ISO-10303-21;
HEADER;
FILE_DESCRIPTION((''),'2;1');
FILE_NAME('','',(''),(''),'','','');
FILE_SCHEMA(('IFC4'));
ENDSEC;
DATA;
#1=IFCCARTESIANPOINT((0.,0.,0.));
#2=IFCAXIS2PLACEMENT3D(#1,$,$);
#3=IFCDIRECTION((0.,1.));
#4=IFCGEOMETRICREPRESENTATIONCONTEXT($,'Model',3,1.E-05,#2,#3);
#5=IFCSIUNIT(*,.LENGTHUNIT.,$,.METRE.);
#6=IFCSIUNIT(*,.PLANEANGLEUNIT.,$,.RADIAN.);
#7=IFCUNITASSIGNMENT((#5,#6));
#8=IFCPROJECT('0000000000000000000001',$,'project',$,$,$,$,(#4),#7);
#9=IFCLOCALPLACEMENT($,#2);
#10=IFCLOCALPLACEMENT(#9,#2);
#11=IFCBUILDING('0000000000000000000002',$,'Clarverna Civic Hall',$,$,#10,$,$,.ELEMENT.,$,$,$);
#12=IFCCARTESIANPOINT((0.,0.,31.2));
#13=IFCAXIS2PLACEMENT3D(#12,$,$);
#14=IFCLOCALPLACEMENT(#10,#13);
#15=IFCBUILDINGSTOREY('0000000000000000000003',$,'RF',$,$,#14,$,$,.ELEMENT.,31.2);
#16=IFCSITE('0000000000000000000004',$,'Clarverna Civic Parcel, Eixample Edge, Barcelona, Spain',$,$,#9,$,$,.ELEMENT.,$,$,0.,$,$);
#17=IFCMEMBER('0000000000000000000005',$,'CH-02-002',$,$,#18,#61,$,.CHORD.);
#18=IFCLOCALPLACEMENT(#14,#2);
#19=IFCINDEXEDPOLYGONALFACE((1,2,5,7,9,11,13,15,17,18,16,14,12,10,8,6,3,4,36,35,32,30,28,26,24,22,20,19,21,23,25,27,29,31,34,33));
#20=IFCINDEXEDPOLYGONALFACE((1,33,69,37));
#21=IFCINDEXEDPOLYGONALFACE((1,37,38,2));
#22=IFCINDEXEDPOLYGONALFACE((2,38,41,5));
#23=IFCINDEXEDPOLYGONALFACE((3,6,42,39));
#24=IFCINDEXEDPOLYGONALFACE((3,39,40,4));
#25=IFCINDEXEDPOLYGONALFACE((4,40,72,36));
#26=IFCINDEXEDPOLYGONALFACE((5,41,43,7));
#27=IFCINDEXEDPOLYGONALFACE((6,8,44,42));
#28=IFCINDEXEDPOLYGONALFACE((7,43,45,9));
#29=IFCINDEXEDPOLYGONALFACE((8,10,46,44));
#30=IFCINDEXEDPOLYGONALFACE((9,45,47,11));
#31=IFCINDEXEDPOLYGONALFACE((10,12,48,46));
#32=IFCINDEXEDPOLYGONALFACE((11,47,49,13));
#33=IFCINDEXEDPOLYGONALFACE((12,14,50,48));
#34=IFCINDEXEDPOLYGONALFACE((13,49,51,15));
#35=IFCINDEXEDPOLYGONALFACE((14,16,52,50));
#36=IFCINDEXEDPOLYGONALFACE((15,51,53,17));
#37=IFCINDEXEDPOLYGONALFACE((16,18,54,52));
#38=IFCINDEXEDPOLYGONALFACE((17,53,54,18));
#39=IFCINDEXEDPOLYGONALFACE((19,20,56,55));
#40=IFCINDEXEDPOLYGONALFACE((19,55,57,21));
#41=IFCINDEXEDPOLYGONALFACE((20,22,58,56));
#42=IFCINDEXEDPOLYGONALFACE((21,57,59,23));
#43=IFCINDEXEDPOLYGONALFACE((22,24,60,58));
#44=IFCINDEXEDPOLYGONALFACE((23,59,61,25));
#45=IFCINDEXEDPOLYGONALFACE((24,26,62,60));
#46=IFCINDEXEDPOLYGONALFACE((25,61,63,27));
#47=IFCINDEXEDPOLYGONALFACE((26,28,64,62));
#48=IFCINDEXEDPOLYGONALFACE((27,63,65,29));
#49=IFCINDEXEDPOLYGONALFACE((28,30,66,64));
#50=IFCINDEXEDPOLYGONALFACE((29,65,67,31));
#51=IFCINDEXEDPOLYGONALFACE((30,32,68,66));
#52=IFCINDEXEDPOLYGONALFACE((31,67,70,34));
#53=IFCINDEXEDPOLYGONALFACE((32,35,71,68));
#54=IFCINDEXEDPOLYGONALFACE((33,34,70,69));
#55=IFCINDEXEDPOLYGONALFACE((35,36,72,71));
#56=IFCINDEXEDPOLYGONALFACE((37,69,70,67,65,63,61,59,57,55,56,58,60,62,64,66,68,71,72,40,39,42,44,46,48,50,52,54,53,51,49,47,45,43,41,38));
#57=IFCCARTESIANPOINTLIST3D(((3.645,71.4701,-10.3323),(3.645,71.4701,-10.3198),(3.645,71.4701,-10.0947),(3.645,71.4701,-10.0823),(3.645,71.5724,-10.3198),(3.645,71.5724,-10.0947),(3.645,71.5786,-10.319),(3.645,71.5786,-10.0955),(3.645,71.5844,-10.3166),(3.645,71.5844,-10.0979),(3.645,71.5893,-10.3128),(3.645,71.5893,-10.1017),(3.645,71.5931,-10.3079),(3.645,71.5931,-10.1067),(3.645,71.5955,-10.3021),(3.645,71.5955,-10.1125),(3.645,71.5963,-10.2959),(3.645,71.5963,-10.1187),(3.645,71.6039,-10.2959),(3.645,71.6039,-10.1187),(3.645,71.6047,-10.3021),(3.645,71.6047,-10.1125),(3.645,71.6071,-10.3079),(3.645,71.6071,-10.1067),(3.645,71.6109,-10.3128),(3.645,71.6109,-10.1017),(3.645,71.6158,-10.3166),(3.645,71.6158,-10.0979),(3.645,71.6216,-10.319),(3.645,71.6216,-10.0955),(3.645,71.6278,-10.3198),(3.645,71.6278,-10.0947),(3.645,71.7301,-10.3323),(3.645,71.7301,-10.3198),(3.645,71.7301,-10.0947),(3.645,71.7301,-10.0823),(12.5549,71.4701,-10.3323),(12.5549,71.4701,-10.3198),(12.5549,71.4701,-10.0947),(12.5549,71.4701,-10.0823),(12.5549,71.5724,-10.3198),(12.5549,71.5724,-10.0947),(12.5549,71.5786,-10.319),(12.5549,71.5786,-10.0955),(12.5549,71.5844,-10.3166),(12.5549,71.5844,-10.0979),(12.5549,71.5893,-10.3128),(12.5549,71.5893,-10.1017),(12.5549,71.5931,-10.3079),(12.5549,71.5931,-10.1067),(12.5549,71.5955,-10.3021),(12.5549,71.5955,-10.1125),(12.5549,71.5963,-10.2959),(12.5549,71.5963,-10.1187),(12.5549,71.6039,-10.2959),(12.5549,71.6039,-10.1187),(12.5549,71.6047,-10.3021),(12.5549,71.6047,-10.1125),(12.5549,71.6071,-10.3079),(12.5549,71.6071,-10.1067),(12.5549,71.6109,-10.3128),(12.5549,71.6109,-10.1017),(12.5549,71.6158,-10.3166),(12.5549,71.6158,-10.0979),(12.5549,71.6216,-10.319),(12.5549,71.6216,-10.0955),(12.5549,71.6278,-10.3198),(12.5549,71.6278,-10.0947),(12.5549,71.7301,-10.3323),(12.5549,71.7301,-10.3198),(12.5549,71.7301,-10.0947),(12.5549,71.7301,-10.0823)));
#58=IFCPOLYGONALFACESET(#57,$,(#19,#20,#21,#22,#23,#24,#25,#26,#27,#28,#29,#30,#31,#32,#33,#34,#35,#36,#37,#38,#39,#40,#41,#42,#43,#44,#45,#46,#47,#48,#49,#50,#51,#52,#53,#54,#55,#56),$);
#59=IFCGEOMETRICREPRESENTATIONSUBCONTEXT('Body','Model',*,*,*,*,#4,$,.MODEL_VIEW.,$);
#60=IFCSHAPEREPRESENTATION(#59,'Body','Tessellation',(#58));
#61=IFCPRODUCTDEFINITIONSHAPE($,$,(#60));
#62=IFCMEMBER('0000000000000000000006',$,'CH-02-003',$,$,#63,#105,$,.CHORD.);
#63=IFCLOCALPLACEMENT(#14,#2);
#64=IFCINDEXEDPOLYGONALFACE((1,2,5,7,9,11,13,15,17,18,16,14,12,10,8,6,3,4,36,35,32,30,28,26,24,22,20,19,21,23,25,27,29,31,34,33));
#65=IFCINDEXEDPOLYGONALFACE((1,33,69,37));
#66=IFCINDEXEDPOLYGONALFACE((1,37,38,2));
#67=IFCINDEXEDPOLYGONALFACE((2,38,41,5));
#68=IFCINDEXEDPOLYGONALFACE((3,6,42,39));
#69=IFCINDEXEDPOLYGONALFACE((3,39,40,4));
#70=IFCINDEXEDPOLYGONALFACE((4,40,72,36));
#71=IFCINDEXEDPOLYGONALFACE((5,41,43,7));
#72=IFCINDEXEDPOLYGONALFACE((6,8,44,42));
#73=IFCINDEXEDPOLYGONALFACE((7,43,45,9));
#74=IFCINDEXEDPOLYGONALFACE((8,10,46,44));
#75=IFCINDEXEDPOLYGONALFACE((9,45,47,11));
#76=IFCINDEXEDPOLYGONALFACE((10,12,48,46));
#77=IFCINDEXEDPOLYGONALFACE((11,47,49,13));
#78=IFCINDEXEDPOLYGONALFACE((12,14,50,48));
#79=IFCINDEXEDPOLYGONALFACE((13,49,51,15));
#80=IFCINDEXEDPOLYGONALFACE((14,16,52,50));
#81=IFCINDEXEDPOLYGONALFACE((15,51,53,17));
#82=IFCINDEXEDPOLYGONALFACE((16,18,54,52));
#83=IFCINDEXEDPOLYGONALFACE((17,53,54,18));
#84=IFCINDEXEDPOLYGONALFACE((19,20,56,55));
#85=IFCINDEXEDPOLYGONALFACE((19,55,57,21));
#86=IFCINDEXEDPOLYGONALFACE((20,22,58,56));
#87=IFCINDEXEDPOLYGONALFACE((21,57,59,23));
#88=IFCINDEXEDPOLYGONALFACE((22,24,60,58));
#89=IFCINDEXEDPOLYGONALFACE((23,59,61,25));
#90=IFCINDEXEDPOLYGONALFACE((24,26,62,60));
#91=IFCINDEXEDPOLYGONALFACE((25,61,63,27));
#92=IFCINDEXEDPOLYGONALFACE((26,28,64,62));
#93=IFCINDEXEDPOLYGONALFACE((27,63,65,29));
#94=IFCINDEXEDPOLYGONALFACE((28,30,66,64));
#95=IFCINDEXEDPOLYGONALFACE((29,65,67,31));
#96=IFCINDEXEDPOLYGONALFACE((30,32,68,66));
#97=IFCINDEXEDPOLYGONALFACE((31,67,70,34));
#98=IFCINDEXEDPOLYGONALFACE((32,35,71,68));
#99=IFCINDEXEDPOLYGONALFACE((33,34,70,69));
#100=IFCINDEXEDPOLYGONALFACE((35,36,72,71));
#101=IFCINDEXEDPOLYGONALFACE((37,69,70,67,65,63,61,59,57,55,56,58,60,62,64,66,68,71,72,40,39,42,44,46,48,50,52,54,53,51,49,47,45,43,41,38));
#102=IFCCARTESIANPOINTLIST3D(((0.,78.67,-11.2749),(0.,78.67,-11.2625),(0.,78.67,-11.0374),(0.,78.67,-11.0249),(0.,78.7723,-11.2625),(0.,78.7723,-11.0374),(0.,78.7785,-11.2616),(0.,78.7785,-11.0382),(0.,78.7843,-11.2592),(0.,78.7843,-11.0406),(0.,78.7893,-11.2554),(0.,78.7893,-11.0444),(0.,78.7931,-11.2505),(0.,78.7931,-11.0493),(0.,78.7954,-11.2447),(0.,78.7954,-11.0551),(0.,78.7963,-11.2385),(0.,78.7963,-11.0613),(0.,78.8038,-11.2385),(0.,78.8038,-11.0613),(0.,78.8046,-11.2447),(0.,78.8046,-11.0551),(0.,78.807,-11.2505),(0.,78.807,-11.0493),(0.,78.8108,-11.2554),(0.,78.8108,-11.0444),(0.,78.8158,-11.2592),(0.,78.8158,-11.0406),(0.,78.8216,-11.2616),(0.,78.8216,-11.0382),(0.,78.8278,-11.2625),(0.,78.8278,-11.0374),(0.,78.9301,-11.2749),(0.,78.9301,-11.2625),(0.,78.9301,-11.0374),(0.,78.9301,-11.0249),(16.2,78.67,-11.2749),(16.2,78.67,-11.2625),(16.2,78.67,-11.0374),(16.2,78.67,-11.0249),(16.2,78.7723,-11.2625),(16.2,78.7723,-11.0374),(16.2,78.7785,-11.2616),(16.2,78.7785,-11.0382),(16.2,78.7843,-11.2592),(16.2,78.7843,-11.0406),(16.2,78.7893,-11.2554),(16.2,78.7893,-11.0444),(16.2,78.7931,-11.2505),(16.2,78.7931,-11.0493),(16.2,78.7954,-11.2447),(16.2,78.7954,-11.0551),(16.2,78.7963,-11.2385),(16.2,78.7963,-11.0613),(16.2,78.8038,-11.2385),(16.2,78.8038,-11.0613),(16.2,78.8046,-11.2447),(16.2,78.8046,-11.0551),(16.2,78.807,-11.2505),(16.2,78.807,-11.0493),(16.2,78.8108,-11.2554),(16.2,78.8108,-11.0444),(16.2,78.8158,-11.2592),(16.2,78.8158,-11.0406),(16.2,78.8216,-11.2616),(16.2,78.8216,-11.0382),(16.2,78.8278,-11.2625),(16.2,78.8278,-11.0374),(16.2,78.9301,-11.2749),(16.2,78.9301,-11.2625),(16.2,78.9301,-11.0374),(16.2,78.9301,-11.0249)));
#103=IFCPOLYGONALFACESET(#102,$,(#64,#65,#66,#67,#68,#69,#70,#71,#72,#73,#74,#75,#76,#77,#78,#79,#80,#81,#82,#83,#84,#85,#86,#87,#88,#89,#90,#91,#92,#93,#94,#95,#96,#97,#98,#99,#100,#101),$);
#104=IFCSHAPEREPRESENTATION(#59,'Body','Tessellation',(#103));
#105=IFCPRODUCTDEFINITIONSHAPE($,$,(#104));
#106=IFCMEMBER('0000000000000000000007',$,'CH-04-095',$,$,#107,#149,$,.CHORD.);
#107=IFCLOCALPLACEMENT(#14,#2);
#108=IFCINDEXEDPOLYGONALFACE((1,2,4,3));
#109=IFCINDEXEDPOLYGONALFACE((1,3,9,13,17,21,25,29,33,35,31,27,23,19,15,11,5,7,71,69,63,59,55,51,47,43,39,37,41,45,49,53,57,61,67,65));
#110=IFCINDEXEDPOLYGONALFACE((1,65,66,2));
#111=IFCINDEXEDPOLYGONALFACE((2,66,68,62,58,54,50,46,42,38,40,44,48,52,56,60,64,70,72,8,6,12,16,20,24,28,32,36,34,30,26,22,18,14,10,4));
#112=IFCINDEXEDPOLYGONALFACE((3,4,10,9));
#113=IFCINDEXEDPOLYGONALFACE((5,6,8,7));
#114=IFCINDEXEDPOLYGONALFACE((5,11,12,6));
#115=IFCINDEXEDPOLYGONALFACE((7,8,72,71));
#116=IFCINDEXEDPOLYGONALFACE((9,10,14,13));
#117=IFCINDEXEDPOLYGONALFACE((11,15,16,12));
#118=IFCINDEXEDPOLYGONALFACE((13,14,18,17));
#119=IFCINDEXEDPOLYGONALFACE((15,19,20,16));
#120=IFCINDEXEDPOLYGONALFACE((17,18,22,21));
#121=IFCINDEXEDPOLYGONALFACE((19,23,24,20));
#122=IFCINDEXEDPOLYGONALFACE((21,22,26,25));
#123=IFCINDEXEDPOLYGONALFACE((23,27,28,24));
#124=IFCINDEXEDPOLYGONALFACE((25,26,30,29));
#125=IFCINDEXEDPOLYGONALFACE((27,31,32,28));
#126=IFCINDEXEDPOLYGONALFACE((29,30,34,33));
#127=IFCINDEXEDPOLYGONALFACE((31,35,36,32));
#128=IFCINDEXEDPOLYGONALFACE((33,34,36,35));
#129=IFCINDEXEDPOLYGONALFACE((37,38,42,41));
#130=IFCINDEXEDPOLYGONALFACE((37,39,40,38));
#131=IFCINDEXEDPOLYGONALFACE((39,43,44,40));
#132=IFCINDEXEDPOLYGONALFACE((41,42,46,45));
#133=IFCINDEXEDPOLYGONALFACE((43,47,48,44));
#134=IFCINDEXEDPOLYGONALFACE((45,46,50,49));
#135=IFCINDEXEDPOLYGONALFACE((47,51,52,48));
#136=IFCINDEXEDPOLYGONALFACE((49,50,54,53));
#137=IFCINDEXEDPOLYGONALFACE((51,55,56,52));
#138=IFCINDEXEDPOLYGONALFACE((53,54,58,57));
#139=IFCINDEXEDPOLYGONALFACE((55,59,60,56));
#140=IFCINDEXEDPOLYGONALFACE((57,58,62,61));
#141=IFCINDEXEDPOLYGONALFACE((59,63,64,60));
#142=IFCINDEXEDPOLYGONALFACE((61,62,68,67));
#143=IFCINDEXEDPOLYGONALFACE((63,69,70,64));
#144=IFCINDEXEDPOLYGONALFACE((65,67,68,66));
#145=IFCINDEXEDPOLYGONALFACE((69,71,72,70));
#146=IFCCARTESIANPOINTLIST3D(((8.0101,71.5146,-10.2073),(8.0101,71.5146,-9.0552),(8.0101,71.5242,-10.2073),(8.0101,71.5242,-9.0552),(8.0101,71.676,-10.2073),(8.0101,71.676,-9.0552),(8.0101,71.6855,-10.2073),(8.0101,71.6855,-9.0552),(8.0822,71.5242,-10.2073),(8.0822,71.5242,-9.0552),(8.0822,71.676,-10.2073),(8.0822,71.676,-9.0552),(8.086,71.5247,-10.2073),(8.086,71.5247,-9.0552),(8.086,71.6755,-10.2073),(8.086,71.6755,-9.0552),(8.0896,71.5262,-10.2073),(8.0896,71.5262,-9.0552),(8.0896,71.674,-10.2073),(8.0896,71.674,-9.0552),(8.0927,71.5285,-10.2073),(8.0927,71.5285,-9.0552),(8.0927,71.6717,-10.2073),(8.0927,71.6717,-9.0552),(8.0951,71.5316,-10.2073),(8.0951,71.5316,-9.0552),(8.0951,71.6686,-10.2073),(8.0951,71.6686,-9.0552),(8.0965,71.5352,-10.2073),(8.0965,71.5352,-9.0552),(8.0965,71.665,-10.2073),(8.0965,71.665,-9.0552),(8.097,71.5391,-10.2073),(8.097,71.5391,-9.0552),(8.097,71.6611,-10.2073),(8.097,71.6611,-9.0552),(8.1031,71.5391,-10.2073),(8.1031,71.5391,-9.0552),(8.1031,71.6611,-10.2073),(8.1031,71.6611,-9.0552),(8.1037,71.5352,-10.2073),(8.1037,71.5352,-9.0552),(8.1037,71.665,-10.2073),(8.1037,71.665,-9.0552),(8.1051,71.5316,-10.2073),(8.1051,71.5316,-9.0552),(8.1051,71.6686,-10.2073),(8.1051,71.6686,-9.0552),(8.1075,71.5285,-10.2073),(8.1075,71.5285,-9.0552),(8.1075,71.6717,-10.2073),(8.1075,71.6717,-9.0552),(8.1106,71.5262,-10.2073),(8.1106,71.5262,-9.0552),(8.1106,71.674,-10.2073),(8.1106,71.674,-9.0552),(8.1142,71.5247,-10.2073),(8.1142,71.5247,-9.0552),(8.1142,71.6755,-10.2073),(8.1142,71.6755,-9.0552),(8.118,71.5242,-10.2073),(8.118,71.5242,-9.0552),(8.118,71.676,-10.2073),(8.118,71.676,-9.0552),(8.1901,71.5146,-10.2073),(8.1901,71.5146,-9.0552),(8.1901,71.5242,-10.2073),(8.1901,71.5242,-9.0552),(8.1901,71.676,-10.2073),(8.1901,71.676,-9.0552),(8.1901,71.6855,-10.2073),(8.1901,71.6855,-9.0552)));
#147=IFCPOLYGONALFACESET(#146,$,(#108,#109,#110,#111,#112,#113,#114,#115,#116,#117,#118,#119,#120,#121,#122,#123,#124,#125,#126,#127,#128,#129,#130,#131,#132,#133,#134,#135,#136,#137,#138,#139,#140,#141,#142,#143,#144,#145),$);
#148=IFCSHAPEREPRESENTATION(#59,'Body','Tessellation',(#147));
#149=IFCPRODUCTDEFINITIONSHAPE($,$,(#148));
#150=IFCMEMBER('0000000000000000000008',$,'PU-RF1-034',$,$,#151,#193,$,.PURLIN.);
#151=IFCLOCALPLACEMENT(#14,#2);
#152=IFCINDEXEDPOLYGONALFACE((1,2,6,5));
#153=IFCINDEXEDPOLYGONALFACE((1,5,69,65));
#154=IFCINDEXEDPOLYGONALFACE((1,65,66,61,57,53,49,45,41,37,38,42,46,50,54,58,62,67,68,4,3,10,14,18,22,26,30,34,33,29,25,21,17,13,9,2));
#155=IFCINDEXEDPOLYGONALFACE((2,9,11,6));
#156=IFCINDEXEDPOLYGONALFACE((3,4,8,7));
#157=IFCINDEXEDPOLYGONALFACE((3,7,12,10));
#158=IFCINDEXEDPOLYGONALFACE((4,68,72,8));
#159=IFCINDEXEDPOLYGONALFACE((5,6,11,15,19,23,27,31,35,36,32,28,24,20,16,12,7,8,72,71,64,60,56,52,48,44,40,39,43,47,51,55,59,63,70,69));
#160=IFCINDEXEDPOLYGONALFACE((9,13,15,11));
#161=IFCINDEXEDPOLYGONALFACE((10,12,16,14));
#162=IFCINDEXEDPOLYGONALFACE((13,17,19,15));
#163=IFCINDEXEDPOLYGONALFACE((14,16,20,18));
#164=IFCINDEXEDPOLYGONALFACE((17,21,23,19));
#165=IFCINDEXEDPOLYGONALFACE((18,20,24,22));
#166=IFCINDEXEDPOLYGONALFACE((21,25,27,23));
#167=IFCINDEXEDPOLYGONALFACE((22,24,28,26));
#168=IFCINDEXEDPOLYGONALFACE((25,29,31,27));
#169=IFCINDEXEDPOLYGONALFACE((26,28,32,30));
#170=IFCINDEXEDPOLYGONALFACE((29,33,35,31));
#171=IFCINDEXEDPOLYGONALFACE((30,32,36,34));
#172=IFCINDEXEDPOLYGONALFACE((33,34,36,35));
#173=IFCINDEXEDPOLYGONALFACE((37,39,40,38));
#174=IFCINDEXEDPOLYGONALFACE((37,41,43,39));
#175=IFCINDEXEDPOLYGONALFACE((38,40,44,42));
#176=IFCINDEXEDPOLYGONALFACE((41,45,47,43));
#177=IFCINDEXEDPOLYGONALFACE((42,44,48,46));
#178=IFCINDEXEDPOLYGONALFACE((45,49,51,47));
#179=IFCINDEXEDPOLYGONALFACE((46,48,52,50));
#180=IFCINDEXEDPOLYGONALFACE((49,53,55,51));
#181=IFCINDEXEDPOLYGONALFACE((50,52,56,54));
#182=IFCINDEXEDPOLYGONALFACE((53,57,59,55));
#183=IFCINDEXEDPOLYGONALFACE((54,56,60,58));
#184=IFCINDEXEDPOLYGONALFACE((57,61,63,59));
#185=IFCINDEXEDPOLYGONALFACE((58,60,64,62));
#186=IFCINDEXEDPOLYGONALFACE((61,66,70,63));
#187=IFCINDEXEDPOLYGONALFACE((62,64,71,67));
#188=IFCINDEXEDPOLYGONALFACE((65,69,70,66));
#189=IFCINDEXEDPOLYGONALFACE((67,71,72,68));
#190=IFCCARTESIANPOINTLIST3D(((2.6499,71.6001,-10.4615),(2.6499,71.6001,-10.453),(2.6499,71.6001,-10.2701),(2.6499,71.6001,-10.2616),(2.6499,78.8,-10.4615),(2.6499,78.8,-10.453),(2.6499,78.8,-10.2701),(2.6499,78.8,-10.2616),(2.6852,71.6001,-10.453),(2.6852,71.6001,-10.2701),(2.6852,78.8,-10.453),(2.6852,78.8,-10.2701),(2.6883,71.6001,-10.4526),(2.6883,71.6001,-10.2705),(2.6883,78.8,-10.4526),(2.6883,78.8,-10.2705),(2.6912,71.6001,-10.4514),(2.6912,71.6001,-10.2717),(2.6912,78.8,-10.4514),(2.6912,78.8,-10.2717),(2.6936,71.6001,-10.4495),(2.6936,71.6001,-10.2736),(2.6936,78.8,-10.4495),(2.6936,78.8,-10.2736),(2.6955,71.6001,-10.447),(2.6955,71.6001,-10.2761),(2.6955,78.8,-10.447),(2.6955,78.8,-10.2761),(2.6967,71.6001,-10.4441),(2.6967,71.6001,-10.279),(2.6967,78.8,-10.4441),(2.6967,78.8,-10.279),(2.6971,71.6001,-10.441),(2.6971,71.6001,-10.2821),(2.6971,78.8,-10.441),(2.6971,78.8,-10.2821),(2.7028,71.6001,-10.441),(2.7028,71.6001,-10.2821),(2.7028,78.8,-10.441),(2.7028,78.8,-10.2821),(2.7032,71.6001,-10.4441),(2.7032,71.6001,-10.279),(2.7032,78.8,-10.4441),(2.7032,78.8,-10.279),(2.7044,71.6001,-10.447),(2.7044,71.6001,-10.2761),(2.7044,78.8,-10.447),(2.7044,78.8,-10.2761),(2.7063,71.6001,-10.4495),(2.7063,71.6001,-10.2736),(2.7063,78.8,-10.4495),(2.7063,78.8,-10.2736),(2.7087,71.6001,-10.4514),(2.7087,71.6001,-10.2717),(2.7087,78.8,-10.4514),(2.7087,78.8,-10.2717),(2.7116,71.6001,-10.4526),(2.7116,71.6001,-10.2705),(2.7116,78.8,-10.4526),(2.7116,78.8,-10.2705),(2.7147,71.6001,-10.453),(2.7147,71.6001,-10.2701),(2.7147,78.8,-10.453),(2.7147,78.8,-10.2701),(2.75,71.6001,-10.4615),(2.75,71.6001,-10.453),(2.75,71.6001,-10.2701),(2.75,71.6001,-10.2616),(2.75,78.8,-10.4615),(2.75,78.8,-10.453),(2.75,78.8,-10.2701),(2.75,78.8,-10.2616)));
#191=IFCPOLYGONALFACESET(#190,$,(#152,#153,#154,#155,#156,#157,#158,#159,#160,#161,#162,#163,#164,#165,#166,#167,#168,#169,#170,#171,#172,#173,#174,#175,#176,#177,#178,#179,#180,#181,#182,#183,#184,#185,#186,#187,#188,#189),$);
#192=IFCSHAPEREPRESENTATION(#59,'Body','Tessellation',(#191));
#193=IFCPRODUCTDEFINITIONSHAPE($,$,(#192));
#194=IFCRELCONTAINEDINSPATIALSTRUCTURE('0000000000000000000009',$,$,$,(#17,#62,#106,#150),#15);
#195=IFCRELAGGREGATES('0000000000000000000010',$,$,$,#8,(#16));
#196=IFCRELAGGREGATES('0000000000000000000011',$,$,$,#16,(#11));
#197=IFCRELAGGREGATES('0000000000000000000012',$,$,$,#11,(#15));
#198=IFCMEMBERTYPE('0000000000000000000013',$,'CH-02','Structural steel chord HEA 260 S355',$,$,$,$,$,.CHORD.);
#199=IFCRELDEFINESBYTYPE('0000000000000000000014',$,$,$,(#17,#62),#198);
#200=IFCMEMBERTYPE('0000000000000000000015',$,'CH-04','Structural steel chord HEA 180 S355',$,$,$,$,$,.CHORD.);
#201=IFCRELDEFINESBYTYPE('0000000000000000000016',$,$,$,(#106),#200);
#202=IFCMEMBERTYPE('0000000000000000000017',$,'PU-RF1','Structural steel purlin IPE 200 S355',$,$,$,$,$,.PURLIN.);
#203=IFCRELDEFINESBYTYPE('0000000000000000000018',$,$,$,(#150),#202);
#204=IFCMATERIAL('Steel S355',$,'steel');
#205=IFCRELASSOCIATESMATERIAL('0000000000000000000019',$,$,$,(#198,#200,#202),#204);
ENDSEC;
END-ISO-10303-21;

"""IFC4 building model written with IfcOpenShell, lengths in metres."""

from ifc_helpers import new_model, si_unit, direction, frame, origin, origin_2d, place, context, subcontext, project, spatial, i_section, extrude, material, material_profile, profile_set, type_object, element, save


model = new_model("IFC4")

# Units and contexts
model_context = context("Model", 3, precision=1e-05, world=origin(), true_north=direction((0.0, 1.0)))
body_context = subcontext(model_context, "Body", "Model", "MODEL_VIEW")
ifc_project = project(units=[si_unit("LENGTHUNIT", "METRE"), si_unit("PLANEANGLEUNIT", "RADIAN")], contexts=[model_context])

# Site, building, storey
site_placement = place(None, origin())
site = spatial("IfcSite", under=ifc_project, at=site_placement, Name="Clarverna Civic Parcel, Eixample Edge, Barcelona, Spain", CompositionType="ELEMENT", RefElevation=0.0)
building_placement = place(site_placement, origin())
building = spatial("IfcBuilding", under=site, at=building_placement, Name="Clarverna Civic Hall", CompositionType="ELEMENT")
storey_placement = place(building_placement, frame((0.0, 0.0, 31.2)))
storey = spatial("IfcBuildingStorey", under=building, at=storey_placement, Name="RF", CompositionType="ELEMENT", Elevation=31.2)

# Members
ifc_material_1 = material(Name="Steel S355", Category="steel")
ifc_material_profile_1 = material_profile(ifc_material_1, i_section(OverallWidth=0.26, OverallDepth=0.25, WebThickness=0.0076, FlangeThickness=0.0125, FilletRadius=0.0239, at=origin_2d()), Name="HEA 260")
ifc_profile_set_1 = profile_set([ifc_material_profile_1], Name="Steel S355")
member_type_1 = type_object("IfcMemberType", Name="CH-02", Description="Structural steel chord HEA 260 S355", PredefinedType="CHORD", material=ifc_profile_set_1)
member_1_placement = place(storey_placement, frame((3.645, 71.6001, -10.2073), z_axis=(1.0, 0.0, 0.0), x_axis=(0.0, 1.0, 0.0)))
element("IfcMember", 1, at=member_1_placement, inside=storey, type_object=member_type_1, Name="CH-02-002", PredefinedType="CHORD", context=body_context, shape_type="SweptSolid", body=[
    extrude(i_section(OverallWidth=0.26, OverallDepth=0.25, WebThickness=0.0076, FlangeThickness=0.0125, FilletRadius=0.0239, at=origin_2d()), origin(), (0.0, 0.0, 1.0), 8.9099),
])
member_2_placement = place(storey_placement, frame((0.0, 78.8, -11.1499), z_axis=(1.0, 0.0, 0.0), x_axis=(0.0, 1.0, 0.0)))
element("IfcMember", 2, at=member_2_placement, inside=storey, type_object=member_type_1, Name="CH-02-003", PredefinedType="CHORD", context=body_context, shape_type="SweptSolid", body=[
    extrude(i_section(OverallWidth=0.26, OverallDepth=0.25, WebThickness=0.0076, FlangeThickness=0.0125, FilletRadius=0.0239, at=origin_2d()), origin(), (0.0, 0.0, 1.0), 16.2),
])
ifc_material_profile_2 = material_profile(ifc_material_1, i_section(OverallWidth=0.1799, OverallDepth=0.1709, WebThickness=0.0061, FlangeThickness=0.0095, FilletRadius=0.0149, at=origin_2d()), Name="HEA 180")
ifc_profile_set_2 = profile_set([ifc_material_profile_2], Name="Steel S355")
member_type_2 = type_object("IfcMemberType", Name="CH-04", Description="Structural steel chord HEA 180 S355", PredefinedType="CHORD", material=ifc_profile_set_2)
member_3_placement = place(storey_placement, frame((8.1001, 71.6001, -10.2073), z_axis=(0.0, 0.0, 1.0), x_axis=(1.0, 0.0, 0.0)))
element("IfcMember", 3, at=member_3_placement, inside=storey, type_object=member_type_2, Name="CH-04-095", PredefinedType="CHORD", context=body_context, shape_type="SweptSolid", body=[
    extrude(i_section(OverallWidth=0.1799, OverallDepth=0.1709, WebThickness=0.0061, FlangeThickness=0.0095, FilletRadius=0.0149, at=origin_2d()), origin(), (0.0, 0.0, 1.0), 1.1521),
])
ifc_material_profile_3 = material_profile(ifc_material_1, i_section(OverallWidth=0.1001, OverallDepth=0.2, WebThickness=0.0056, FlangeThickness=0.0085, FilletRadius=0.012, at=origin_2d()), Name="IPE 200")
ifc_profile_set_3 = profile_set([ifc_material_profile_3], Name="Steel S355")
member_type_3 = type_object("IfcMemberType", Name="PU-RF1", Description="Structural steel purlin IPE 200 S355", PredefinedType="PURLIN", material=ifc_profile_set_3)
member_4_placement = place(storey_placement, frame((2.7, 71.6001, -10.3616), z_axis=(0.0, 1.0, 0.0), x_axis=(-1.0, 0.0, 0.0)))
element("IfcMember", 4, at=member_4_placement, inside=storey, type_object=member_type_3, Name="PU-RF1-034", PredefinedType="PURLIN", context=body_context, shape_type="SweptSolid", body=[
    extrude(i_section(OverallWidth=0.1001, OverallDepth=0.2, WebThickness=0.0056, FlangeThickness=0.0085, FilletRadius=0.012, at=origin_2d()), origin(), (0.0, 0.0, 1.0), 7.2),
])

save(model, "model.ifc")
